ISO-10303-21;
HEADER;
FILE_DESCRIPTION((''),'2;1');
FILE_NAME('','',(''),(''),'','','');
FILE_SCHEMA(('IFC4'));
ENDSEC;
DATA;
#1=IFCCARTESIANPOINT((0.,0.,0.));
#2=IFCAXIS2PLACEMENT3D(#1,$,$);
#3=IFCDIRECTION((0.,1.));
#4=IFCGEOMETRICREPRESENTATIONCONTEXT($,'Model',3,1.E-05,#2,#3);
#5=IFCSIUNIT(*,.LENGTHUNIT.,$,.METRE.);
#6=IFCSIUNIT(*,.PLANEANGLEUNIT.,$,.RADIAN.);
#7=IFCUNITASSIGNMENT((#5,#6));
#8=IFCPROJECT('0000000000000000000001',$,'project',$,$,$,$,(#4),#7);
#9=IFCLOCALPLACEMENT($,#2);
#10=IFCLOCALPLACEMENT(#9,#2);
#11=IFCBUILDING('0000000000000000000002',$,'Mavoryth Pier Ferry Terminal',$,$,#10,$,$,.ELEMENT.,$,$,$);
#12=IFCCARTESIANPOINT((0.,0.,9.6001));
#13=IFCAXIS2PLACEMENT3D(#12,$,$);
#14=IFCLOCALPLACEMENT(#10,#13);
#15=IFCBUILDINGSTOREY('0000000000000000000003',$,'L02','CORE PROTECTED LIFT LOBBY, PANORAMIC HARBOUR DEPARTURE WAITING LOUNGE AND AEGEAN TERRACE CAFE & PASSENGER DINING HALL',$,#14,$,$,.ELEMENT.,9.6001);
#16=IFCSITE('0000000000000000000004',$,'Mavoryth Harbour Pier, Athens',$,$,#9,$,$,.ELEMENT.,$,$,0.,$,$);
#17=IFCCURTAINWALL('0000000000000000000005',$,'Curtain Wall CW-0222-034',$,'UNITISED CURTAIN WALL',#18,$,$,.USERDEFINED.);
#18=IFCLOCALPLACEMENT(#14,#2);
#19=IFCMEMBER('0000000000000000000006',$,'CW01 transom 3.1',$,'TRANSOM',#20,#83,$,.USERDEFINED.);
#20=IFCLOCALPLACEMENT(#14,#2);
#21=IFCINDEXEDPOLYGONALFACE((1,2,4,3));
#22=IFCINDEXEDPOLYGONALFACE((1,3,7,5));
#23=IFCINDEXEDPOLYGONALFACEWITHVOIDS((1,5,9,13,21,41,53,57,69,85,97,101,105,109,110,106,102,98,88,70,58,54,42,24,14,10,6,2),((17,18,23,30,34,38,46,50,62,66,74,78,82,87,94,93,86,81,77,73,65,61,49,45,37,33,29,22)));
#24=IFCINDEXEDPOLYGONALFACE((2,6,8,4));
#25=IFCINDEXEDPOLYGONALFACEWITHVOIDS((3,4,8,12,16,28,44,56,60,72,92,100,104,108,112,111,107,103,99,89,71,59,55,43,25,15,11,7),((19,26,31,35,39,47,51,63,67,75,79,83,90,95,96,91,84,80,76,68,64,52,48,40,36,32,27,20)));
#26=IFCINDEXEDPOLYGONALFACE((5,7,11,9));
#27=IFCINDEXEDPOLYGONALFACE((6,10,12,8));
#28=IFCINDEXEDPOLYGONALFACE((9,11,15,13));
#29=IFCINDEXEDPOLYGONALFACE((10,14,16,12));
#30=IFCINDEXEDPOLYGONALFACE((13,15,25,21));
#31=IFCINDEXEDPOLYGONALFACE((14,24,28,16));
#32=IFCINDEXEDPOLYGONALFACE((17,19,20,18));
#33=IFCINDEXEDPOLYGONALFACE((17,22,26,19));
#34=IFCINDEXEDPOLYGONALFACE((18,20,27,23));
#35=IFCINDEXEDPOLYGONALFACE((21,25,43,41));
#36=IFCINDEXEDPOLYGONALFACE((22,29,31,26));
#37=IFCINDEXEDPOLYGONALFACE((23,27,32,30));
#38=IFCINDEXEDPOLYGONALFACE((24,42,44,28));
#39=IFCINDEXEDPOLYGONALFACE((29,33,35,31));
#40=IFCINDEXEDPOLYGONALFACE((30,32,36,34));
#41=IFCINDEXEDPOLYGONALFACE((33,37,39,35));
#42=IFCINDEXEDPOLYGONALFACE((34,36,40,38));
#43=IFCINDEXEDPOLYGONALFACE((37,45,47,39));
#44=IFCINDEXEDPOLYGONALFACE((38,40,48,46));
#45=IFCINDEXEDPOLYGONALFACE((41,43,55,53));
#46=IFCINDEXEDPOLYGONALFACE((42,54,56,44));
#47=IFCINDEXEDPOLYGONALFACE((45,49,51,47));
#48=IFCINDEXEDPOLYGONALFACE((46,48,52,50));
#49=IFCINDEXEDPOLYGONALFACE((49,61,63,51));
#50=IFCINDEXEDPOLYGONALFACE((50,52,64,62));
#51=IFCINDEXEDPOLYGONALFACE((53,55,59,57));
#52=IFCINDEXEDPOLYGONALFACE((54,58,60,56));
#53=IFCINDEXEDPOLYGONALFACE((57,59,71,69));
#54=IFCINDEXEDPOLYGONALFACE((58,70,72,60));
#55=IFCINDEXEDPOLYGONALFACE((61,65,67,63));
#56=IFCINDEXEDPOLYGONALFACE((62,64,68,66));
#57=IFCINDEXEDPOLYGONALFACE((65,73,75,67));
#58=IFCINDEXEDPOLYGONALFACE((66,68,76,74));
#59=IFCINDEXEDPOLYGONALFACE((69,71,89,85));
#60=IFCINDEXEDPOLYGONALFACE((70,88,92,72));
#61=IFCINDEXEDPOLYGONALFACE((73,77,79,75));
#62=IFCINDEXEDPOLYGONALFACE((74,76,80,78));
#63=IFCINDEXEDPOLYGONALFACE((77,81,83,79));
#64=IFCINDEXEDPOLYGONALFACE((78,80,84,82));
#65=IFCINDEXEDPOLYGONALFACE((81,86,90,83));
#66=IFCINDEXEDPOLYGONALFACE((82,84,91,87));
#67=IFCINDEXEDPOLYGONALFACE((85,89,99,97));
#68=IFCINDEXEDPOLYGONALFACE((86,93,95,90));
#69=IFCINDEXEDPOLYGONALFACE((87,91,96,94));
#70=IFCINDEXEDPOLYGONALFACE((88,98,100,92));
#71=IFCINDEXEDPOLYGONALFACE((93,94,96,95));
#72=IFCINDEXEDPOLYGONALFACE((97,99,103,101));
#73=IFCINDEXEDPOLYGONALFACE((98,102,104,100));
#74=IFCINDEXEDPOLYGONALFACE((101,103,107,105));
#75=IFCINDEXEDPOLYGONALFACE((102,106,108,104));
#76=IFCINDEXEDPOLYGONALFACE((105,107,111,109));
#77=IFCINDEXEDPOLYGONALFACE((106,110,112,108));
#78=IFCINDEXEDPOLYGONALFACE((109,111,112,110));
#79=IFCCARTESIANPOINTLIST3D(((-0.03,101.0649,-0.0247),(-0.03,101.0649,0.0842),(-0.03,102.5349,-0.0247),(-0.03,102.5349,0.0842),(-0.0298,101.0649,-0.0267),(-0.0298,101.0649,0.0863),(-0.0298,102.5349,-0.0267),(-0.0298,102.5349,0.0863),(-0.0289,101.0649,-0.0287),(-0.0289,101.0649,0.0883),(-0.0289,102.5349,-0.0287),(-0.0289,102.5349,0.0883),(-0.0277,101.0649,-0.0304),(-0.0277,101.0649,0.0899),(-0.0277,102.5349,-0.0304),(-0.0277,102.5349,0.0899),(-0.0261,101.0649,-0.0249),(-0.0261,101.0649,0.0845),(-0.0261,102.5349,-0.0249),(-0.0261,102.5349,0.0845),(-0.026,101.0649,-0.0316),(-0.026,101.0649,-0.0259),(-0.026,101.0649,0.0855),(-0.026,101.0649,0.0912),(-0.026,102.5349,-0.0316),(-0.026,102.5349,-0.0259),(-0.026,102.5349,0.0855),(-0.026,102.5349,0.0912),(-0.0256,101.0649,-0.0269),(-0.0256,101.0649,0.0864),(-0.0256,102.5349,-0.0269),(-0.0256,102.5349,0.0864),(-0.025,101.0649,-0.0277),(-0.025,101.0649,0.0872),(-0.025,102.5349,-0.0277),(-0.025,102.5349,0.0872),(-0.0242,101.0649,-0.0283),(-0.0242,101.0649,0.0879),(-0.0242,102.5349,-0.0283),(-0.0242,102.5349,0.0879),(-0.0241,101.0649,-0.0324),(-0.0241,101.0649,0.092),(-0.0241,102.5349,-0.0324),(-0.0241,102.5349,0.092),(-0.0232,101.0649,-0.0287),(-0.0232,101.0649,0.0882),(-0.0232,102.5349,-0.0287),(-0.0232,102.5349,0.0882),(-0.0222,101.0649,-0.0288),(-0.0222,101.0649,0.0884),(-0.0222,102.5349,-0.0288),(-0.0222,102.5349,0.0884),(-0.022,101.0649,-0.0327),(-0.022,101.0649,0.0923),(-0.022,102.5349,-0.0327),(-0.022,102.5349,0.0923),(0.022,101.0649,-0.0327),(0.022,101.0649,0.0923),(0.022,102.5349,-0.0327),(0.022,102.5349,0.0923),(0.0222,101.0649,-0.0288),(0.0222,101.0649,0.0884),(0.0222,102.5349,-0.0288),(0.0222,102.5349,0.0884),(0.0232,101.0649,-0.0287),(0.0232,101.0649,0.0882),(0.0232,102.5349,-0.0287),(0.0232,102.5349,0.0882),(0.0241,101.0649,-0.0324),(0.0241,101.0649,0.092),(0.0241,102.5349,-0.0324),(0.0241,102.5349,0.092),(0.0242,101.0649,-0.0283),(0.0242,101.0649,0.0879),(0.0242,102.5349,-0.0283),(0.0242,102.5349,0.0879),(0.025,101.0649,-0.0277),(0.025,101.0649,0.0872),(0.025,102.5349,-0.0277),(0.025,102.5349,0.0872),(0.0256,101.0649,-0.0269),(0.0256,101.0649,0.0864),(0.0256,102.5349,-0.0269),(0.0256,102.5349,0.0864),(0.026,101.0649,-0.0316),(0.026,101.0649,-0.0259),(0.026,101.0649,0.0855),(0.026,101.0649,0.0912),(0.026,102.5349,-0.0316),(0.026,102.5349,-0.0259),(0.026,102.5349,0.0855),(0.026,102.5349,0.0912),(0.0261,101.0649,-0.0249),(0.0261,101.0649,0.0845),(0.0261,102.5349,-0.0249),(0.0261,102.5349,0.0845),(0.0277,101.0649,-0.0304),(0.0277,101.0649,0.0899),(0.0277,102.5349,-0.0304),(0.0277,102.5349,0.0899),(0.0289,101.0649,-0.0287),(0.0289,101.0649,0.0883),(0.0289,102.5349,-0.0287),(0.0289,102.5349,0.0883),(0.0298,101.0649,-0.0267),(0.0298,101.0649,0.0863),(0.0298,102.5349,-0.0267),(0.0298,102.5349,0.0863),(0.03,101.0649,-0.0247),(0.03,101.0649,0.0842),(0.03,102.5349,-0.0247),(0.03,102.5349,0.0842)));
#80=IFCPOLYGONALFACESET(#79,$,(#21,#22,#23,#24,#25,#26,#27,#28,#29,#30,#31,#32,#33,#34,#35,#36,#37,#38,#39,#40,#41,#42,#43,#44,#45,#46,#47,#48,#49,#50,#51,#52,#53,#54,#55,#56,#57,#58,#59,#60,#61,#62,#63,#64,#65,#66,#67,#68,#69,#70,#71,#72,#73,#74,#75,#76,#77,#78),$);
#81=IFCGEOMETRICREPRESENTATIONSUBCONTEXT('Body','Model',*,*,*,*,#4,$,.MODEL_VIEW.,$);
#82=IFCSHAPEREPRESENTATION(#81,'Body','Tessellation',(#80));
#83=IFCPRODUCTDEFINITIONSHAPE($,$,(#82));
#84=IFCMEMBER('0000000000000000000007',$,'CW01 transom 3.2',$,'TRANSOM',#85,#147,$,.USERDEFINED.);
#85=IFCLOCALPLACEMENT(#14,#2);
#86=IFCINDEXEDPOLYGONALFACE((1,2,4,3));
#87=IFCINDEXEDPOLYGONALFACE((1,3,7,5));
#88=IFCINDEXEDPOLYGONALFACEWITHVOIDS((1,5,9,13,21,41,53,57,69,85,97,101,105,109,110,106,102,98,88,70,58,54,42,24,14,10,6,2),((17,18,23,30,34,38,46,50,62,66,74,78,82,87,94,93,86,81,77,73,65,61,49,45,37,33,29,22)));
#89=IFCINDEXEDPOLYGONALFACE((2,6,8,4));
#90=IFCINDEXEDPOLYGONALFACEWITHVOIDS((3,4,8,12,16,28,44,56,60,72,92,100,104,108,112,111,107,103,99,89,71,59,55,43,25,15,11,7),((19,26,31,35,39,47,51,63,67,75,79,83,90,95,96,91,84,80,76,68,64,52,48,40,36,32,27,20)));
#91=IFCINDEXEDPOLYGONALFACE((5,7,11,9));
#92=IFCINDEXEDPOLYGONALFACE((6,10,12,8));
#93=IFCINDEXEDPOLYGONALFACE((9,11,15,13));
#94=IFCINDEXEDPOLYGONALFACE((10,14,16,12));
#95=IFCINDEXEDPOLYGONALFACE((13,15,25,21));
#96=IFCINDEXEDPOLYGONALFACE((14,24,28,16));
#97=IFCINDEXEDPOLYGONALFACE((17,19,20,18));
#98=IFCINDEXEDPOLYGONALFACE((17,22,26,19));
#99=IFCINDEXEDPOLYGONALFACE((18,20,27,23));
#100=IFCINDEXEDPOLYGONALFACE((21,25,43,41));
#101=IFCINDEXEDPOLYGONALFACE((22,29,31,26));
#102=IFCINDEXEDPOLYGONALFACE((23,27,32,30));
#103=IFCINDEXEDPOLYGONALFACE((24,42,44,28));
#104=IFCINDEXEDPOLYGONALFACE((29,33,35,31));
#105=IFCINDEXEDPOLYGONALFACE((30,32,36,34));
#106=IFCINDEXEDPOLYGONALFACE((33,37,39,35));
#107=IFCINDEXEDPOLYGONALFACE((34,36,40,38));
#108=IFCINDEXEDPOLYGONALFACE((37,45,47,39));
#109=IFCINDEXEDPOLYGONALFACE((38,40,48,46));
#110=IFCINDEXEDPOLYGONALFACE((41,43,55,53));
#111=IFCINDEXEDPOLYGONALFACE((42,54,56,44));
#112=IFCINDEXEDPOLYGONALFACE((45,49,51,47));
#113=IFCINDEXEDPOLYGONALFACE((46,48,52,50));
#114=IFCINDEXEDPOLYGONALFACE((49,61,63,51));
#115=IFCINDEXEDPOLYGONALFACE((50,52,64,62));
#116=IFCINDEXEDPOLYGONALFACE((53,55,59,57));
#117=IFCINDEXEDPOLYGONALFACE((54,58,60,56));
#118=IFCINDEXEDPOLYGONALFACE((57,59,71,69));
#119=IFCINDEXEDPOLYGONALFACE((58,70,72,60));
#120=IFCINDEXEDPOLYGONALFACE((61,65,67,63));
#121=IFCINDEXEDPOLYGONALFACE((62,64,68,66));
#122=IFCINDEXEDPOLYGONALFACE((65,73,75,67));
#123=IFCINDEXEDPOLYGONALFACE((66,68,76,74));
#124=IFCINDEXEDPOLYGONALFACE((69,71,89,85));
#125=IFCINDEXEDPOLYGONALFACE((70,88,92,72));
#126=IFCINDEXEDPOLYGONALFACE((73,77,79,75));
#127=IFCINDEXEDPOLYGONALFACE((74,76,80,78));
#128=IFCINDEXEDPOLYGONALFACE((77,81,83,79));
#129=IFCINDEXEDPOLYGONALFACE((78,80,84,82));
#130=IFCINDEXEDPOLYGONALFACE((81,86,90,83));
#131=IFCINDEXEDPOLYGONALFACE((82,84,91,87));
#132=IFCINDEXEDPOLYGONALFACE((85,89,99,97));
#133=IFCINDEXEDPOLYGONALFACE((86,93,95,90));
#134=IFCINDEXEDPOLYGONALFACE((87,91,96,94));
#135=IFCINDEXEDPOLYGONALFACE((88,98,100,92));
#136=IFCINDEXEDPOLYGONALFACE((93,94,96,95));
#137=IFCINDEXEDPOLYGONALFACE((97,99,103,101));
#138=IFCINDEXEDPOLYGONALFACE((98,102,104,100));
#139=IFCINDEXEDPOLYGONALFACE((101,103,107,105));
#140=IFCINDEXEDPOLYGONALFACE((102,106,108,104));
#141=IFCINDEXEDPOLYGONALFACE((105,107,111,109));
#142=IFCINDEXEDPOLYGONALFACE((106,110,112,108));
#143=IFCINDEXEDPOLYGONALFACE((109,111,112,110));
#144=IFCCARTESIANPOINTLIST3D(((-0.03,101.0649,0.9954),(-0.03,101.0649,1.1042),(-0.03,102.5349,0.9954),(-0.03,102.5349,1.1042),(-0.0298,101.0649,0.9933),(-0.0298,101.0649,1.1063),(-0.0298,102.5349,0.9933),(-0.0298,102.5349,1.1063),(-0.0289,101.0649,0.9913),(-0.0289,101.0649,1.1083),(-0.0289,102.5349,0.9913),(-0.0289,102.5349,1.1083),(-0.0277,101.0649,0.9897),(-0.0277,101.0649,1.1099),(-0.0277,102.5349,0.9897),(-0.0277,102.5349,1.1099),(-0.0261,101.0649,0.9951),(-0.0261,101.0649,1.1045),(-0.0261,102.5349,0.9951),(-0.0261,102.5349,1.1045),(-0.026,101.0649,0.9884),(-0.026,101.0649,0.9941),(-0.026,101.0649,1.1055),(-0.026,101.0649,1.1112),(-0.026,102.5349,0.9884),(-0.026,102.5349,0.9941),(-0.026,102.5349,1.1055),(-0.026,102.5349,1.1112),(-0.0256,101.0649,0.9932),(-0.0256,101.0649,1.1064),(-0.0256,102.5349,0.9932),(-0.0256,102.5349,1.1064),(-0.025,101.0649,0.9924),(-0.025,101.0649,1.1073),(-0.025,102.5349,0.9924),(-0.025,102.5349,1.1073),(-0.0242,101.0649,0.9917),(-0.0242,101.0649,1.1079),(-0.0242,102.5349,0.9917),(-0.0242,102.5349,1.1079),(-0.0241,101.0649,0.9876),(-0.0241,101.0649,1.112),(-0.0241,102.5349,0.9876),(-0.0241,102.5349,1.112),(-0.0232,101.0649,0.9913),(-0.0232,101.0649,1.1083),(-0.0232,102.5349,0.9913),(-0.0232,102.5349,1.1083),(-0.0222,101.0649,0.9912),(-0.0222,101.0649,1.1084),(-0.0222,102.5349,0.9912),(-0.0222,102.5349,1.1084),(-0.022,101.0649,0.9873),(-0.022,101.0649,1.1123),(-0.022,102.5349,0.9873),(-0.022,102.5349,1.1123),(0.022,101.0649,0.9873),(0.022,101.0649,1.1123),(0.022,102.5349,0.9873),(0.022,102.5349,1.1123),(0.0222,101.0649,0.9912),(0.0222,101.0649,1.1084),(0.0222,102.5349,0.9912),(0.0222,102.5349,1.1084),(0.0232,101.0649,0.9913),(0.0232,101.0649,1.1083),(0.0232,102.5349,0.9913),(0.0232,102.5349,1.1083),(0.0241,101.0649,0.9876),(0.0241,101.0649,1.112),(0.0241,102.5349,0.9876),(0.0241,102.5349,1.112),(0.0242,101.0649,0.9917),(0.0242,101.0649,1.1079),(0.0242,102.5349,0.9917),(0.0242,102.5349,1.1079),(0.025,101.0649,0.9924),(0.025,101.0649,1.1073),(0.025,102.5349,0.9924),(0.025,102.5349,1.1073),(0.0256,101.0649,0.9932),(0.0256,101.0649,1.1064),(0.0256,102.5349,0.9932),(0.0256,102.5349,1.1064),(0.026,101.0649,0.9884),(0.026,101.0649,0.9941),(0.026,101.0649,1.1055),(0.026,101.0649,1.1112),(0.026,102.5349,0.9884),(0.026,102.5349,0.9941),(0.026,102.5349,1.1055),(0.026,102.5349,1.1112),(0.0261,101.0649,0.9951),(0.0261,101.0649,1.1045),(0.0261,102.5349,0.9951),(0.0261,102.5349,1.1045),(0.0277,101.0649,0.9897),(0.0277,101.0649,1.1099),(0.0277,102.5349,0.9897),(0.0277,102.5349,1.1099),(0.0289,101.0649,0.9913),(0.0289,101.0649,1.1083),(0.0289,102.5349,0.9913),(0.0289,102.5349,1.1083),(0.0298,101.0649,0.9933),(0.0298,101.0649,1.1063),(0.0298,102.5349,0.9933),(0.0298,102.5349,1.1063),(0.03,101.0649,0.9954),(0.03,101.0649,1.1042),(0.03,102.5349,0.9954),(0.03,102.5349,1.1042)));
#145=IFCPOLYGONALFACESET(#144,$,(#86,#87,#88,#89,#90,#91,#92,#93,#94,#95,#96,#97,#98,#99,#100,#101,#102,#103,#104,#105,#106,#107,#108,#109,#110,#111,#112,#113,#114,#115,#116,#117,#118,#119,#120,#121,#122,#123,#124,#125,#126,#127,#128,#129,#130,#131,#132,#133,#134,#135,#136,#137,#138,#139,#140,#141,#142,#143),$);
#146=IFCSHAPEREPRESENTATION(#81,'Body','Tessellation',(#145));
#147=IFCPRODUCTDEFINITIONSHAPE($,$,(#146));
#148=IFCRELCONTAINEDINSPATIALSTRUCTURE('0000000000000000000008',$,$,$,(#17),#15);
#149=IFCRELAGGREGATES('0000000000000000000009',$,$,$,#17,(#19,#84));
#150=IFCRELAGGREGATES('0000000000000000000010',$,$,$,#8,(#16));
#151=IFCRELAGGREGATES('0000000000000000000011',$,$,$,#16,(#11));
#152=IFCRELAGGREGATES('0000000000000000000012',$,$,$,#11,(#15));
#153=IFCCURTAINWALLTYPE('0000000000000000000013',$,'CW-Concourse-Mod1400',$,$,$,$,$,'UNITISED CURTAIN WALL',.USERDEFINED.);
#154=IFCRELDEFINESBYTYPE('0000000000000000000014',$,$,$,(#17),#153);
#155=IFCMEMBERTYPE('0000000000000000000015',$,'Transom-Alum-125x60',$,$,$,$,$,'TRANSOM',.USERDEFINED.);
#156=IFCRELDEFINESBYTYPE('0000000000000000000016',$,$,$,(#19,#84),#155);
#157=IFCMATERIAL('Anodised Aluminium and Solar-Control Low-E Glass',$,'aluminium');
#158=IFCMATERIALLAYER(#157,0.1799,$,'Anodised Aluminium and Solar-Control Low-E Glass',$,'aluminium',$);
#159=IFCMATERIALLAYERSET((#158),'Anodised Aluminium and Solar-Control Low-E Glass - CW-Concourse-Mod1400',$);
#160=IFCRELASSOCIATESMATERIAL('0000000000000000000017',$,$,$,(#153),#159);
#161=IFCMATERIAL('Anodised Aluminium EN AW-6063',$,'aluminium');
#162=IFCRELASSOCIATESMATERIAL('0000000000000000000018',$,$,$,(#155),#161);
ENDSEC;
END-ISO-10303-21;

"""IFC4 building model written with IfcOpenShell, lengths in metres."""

from ifc_helpers import new_model, si_unit, direction, frame, origin, origin_2d, place, context, subcontext, project, spatial, hollow_rectangle, extrude, material, layer, layer_set, material_profile, profile_set, type_object, element, aggregate, save


model = new_model("IFC4")

# Units and contexts
model_context = context("Model", 3, precision=1e-05, world=origin(), true_north=direction((0.0, 1.0)))
body_context = subcontext(model_context, "Body", "Model", "MODEL_VIEW")
ifc_project = project(units=[si_unit("LENGTHUNIT", "METRE"), si_unit("PLANEANGLEUNIT", "RADIAN")], contexts=[model_context])

# Site, building, storey
site_placement = place(None, origin())
site = spatial("IfcSite", under=ifc_project, at=site_placement, Name="Mavoryth Harbour Pier, Athens", CompositionType="ELEMENT", RefElevation=0.0)
building_placement = place(site_placement, origin())
building = spatial("IfcBuilding", under=site, at=building_placement, Name="Mavoryth Pier Ferry Terminal", CompositionType="ELEMENT")
storey_placement = place(building_placement, frame((0.0, 0.0, 9.6001)))
storey = spatial("IfcBuildingStorey", under=building, at=storey_placement, Name="L02", Description="CORE PROTECTED LIFT LOBBY, PANORAMIC HARBOUR DEPARTURE WAITING LOUNGE AND AEGEAN TERRACE CAFE & PASSENGER DINING HALL", CompositionType="ELEMENT", Elevation=9.6001)

# Curtain wall
ifc_material_1 = material(Name="Anodised Aluminium and Solar-Control Low-E Glass", Category="aluminium")
ifc_layer_1 = layer(ifc_material_1, 0.1799, Name="Anodised Aluminium and Solar-Control Low-E Glass", Category="aluminium")
ifc_layer_set_1 = layer_set([ifc_layer_1], Name="Anodised Aluminium and Solar-Control Low-E Glass - CW-Concourse-Mod1400")
curtain_wall_type = type_object("IfcCurtainWallType", Name="CW-Concourse-Mod1400", ElementType="UNITISED CURTAIN WALL", PredefinedType="USERDEFINED", material=ifc_layer_set_1)
curtain_wall_placement = place(storey_placement, origin())
curtain_wall = element("IfcCurtainWall", 1, at=curtain_wall_placement, inside=storey, type_object=curtain_wall_type, Name="Curtain Wall CW-0222-034", ObjectType="UNITISED CURTAIN WALL", PredefinedType="USERDEFINED")
ifc_material_2 = material(Name="Anodised Aluminium EN AW-6063", Category="aluminium")

# Members
ifc_material_profile_1 = material_profile(ifc_material_2, hollow_rectangle(XDim=0.0601, YDim=0.125, WallThickness=0.0039, InnerFilletRadius=0.0039, OuterFilletRadius=0.0081, at=origin_2d()), Name="AL-TRAN 125x60x4", Category="aluminium")
ifc_profile_set_1 = profile_set([ifc_material_profile_1], Name="Anodised Aluminium EN AW-6063 - AL-TRAN 125x60x4")
member_type_1 = type_object("IfcMemberType", Name="Transom-Alum-125x60", ElementType="TRANSOM", PredefinedType="USERDEFINED", material=ifc_profile_set_1)
member_1_placement = place(storey_placement, frame((0.0, 102.5349, 0.0298), z_axis=(0.0, -1.0, 0.0), x_axis=(1.0, 0.0, 0.0)))
member_1 = element("IfcMember", 2, at=member_1_placement, type_object=member_type_1, Name="CW01 transom 3.1", ObjectType="TRANSOM", PredefinedType="USERDEFINED", context=body_context, shape_type="SweptSolid", body=[
    extrude(hollow_rectangle(XDim=0.0601, YDim=0.125, WallThickness=0.0039, InnerFilletRadius=0.0039, OuterFilletRadius=0.0081, at=origin_2d()), origin(), (0.0, 0.0, 1.0), 1.47),
])
member_2_placement = place(storey_placement, frame((0.0, 102.5349, 1.0498), z_axis=(0.0, -1.0, 0.0), x_axis=(1.0, 0.0, 0.0)))
member_2 = element("IfcMember", 3, at=member_2_placement, type_object=member_type_1, Name="CW01 transom 3.2", ObjectType="TRANSOM", PredefinedType="USERDEFINED", context=body_context, shape_type="SweptSolid", body=[
    extrude(hollow_rectangle(XDim=0.0601, YDim=0.125, WallThickness=0.0039, InnerFilletRadius=0.0039, OuterFilletRadius=0.0081, at=origin_2d()), origin(), (0.0, 0.0, 1.0), 1.47),
])

aggregate(curtain_wall, [member_1, member_2])

save(model, "model.ifc")
